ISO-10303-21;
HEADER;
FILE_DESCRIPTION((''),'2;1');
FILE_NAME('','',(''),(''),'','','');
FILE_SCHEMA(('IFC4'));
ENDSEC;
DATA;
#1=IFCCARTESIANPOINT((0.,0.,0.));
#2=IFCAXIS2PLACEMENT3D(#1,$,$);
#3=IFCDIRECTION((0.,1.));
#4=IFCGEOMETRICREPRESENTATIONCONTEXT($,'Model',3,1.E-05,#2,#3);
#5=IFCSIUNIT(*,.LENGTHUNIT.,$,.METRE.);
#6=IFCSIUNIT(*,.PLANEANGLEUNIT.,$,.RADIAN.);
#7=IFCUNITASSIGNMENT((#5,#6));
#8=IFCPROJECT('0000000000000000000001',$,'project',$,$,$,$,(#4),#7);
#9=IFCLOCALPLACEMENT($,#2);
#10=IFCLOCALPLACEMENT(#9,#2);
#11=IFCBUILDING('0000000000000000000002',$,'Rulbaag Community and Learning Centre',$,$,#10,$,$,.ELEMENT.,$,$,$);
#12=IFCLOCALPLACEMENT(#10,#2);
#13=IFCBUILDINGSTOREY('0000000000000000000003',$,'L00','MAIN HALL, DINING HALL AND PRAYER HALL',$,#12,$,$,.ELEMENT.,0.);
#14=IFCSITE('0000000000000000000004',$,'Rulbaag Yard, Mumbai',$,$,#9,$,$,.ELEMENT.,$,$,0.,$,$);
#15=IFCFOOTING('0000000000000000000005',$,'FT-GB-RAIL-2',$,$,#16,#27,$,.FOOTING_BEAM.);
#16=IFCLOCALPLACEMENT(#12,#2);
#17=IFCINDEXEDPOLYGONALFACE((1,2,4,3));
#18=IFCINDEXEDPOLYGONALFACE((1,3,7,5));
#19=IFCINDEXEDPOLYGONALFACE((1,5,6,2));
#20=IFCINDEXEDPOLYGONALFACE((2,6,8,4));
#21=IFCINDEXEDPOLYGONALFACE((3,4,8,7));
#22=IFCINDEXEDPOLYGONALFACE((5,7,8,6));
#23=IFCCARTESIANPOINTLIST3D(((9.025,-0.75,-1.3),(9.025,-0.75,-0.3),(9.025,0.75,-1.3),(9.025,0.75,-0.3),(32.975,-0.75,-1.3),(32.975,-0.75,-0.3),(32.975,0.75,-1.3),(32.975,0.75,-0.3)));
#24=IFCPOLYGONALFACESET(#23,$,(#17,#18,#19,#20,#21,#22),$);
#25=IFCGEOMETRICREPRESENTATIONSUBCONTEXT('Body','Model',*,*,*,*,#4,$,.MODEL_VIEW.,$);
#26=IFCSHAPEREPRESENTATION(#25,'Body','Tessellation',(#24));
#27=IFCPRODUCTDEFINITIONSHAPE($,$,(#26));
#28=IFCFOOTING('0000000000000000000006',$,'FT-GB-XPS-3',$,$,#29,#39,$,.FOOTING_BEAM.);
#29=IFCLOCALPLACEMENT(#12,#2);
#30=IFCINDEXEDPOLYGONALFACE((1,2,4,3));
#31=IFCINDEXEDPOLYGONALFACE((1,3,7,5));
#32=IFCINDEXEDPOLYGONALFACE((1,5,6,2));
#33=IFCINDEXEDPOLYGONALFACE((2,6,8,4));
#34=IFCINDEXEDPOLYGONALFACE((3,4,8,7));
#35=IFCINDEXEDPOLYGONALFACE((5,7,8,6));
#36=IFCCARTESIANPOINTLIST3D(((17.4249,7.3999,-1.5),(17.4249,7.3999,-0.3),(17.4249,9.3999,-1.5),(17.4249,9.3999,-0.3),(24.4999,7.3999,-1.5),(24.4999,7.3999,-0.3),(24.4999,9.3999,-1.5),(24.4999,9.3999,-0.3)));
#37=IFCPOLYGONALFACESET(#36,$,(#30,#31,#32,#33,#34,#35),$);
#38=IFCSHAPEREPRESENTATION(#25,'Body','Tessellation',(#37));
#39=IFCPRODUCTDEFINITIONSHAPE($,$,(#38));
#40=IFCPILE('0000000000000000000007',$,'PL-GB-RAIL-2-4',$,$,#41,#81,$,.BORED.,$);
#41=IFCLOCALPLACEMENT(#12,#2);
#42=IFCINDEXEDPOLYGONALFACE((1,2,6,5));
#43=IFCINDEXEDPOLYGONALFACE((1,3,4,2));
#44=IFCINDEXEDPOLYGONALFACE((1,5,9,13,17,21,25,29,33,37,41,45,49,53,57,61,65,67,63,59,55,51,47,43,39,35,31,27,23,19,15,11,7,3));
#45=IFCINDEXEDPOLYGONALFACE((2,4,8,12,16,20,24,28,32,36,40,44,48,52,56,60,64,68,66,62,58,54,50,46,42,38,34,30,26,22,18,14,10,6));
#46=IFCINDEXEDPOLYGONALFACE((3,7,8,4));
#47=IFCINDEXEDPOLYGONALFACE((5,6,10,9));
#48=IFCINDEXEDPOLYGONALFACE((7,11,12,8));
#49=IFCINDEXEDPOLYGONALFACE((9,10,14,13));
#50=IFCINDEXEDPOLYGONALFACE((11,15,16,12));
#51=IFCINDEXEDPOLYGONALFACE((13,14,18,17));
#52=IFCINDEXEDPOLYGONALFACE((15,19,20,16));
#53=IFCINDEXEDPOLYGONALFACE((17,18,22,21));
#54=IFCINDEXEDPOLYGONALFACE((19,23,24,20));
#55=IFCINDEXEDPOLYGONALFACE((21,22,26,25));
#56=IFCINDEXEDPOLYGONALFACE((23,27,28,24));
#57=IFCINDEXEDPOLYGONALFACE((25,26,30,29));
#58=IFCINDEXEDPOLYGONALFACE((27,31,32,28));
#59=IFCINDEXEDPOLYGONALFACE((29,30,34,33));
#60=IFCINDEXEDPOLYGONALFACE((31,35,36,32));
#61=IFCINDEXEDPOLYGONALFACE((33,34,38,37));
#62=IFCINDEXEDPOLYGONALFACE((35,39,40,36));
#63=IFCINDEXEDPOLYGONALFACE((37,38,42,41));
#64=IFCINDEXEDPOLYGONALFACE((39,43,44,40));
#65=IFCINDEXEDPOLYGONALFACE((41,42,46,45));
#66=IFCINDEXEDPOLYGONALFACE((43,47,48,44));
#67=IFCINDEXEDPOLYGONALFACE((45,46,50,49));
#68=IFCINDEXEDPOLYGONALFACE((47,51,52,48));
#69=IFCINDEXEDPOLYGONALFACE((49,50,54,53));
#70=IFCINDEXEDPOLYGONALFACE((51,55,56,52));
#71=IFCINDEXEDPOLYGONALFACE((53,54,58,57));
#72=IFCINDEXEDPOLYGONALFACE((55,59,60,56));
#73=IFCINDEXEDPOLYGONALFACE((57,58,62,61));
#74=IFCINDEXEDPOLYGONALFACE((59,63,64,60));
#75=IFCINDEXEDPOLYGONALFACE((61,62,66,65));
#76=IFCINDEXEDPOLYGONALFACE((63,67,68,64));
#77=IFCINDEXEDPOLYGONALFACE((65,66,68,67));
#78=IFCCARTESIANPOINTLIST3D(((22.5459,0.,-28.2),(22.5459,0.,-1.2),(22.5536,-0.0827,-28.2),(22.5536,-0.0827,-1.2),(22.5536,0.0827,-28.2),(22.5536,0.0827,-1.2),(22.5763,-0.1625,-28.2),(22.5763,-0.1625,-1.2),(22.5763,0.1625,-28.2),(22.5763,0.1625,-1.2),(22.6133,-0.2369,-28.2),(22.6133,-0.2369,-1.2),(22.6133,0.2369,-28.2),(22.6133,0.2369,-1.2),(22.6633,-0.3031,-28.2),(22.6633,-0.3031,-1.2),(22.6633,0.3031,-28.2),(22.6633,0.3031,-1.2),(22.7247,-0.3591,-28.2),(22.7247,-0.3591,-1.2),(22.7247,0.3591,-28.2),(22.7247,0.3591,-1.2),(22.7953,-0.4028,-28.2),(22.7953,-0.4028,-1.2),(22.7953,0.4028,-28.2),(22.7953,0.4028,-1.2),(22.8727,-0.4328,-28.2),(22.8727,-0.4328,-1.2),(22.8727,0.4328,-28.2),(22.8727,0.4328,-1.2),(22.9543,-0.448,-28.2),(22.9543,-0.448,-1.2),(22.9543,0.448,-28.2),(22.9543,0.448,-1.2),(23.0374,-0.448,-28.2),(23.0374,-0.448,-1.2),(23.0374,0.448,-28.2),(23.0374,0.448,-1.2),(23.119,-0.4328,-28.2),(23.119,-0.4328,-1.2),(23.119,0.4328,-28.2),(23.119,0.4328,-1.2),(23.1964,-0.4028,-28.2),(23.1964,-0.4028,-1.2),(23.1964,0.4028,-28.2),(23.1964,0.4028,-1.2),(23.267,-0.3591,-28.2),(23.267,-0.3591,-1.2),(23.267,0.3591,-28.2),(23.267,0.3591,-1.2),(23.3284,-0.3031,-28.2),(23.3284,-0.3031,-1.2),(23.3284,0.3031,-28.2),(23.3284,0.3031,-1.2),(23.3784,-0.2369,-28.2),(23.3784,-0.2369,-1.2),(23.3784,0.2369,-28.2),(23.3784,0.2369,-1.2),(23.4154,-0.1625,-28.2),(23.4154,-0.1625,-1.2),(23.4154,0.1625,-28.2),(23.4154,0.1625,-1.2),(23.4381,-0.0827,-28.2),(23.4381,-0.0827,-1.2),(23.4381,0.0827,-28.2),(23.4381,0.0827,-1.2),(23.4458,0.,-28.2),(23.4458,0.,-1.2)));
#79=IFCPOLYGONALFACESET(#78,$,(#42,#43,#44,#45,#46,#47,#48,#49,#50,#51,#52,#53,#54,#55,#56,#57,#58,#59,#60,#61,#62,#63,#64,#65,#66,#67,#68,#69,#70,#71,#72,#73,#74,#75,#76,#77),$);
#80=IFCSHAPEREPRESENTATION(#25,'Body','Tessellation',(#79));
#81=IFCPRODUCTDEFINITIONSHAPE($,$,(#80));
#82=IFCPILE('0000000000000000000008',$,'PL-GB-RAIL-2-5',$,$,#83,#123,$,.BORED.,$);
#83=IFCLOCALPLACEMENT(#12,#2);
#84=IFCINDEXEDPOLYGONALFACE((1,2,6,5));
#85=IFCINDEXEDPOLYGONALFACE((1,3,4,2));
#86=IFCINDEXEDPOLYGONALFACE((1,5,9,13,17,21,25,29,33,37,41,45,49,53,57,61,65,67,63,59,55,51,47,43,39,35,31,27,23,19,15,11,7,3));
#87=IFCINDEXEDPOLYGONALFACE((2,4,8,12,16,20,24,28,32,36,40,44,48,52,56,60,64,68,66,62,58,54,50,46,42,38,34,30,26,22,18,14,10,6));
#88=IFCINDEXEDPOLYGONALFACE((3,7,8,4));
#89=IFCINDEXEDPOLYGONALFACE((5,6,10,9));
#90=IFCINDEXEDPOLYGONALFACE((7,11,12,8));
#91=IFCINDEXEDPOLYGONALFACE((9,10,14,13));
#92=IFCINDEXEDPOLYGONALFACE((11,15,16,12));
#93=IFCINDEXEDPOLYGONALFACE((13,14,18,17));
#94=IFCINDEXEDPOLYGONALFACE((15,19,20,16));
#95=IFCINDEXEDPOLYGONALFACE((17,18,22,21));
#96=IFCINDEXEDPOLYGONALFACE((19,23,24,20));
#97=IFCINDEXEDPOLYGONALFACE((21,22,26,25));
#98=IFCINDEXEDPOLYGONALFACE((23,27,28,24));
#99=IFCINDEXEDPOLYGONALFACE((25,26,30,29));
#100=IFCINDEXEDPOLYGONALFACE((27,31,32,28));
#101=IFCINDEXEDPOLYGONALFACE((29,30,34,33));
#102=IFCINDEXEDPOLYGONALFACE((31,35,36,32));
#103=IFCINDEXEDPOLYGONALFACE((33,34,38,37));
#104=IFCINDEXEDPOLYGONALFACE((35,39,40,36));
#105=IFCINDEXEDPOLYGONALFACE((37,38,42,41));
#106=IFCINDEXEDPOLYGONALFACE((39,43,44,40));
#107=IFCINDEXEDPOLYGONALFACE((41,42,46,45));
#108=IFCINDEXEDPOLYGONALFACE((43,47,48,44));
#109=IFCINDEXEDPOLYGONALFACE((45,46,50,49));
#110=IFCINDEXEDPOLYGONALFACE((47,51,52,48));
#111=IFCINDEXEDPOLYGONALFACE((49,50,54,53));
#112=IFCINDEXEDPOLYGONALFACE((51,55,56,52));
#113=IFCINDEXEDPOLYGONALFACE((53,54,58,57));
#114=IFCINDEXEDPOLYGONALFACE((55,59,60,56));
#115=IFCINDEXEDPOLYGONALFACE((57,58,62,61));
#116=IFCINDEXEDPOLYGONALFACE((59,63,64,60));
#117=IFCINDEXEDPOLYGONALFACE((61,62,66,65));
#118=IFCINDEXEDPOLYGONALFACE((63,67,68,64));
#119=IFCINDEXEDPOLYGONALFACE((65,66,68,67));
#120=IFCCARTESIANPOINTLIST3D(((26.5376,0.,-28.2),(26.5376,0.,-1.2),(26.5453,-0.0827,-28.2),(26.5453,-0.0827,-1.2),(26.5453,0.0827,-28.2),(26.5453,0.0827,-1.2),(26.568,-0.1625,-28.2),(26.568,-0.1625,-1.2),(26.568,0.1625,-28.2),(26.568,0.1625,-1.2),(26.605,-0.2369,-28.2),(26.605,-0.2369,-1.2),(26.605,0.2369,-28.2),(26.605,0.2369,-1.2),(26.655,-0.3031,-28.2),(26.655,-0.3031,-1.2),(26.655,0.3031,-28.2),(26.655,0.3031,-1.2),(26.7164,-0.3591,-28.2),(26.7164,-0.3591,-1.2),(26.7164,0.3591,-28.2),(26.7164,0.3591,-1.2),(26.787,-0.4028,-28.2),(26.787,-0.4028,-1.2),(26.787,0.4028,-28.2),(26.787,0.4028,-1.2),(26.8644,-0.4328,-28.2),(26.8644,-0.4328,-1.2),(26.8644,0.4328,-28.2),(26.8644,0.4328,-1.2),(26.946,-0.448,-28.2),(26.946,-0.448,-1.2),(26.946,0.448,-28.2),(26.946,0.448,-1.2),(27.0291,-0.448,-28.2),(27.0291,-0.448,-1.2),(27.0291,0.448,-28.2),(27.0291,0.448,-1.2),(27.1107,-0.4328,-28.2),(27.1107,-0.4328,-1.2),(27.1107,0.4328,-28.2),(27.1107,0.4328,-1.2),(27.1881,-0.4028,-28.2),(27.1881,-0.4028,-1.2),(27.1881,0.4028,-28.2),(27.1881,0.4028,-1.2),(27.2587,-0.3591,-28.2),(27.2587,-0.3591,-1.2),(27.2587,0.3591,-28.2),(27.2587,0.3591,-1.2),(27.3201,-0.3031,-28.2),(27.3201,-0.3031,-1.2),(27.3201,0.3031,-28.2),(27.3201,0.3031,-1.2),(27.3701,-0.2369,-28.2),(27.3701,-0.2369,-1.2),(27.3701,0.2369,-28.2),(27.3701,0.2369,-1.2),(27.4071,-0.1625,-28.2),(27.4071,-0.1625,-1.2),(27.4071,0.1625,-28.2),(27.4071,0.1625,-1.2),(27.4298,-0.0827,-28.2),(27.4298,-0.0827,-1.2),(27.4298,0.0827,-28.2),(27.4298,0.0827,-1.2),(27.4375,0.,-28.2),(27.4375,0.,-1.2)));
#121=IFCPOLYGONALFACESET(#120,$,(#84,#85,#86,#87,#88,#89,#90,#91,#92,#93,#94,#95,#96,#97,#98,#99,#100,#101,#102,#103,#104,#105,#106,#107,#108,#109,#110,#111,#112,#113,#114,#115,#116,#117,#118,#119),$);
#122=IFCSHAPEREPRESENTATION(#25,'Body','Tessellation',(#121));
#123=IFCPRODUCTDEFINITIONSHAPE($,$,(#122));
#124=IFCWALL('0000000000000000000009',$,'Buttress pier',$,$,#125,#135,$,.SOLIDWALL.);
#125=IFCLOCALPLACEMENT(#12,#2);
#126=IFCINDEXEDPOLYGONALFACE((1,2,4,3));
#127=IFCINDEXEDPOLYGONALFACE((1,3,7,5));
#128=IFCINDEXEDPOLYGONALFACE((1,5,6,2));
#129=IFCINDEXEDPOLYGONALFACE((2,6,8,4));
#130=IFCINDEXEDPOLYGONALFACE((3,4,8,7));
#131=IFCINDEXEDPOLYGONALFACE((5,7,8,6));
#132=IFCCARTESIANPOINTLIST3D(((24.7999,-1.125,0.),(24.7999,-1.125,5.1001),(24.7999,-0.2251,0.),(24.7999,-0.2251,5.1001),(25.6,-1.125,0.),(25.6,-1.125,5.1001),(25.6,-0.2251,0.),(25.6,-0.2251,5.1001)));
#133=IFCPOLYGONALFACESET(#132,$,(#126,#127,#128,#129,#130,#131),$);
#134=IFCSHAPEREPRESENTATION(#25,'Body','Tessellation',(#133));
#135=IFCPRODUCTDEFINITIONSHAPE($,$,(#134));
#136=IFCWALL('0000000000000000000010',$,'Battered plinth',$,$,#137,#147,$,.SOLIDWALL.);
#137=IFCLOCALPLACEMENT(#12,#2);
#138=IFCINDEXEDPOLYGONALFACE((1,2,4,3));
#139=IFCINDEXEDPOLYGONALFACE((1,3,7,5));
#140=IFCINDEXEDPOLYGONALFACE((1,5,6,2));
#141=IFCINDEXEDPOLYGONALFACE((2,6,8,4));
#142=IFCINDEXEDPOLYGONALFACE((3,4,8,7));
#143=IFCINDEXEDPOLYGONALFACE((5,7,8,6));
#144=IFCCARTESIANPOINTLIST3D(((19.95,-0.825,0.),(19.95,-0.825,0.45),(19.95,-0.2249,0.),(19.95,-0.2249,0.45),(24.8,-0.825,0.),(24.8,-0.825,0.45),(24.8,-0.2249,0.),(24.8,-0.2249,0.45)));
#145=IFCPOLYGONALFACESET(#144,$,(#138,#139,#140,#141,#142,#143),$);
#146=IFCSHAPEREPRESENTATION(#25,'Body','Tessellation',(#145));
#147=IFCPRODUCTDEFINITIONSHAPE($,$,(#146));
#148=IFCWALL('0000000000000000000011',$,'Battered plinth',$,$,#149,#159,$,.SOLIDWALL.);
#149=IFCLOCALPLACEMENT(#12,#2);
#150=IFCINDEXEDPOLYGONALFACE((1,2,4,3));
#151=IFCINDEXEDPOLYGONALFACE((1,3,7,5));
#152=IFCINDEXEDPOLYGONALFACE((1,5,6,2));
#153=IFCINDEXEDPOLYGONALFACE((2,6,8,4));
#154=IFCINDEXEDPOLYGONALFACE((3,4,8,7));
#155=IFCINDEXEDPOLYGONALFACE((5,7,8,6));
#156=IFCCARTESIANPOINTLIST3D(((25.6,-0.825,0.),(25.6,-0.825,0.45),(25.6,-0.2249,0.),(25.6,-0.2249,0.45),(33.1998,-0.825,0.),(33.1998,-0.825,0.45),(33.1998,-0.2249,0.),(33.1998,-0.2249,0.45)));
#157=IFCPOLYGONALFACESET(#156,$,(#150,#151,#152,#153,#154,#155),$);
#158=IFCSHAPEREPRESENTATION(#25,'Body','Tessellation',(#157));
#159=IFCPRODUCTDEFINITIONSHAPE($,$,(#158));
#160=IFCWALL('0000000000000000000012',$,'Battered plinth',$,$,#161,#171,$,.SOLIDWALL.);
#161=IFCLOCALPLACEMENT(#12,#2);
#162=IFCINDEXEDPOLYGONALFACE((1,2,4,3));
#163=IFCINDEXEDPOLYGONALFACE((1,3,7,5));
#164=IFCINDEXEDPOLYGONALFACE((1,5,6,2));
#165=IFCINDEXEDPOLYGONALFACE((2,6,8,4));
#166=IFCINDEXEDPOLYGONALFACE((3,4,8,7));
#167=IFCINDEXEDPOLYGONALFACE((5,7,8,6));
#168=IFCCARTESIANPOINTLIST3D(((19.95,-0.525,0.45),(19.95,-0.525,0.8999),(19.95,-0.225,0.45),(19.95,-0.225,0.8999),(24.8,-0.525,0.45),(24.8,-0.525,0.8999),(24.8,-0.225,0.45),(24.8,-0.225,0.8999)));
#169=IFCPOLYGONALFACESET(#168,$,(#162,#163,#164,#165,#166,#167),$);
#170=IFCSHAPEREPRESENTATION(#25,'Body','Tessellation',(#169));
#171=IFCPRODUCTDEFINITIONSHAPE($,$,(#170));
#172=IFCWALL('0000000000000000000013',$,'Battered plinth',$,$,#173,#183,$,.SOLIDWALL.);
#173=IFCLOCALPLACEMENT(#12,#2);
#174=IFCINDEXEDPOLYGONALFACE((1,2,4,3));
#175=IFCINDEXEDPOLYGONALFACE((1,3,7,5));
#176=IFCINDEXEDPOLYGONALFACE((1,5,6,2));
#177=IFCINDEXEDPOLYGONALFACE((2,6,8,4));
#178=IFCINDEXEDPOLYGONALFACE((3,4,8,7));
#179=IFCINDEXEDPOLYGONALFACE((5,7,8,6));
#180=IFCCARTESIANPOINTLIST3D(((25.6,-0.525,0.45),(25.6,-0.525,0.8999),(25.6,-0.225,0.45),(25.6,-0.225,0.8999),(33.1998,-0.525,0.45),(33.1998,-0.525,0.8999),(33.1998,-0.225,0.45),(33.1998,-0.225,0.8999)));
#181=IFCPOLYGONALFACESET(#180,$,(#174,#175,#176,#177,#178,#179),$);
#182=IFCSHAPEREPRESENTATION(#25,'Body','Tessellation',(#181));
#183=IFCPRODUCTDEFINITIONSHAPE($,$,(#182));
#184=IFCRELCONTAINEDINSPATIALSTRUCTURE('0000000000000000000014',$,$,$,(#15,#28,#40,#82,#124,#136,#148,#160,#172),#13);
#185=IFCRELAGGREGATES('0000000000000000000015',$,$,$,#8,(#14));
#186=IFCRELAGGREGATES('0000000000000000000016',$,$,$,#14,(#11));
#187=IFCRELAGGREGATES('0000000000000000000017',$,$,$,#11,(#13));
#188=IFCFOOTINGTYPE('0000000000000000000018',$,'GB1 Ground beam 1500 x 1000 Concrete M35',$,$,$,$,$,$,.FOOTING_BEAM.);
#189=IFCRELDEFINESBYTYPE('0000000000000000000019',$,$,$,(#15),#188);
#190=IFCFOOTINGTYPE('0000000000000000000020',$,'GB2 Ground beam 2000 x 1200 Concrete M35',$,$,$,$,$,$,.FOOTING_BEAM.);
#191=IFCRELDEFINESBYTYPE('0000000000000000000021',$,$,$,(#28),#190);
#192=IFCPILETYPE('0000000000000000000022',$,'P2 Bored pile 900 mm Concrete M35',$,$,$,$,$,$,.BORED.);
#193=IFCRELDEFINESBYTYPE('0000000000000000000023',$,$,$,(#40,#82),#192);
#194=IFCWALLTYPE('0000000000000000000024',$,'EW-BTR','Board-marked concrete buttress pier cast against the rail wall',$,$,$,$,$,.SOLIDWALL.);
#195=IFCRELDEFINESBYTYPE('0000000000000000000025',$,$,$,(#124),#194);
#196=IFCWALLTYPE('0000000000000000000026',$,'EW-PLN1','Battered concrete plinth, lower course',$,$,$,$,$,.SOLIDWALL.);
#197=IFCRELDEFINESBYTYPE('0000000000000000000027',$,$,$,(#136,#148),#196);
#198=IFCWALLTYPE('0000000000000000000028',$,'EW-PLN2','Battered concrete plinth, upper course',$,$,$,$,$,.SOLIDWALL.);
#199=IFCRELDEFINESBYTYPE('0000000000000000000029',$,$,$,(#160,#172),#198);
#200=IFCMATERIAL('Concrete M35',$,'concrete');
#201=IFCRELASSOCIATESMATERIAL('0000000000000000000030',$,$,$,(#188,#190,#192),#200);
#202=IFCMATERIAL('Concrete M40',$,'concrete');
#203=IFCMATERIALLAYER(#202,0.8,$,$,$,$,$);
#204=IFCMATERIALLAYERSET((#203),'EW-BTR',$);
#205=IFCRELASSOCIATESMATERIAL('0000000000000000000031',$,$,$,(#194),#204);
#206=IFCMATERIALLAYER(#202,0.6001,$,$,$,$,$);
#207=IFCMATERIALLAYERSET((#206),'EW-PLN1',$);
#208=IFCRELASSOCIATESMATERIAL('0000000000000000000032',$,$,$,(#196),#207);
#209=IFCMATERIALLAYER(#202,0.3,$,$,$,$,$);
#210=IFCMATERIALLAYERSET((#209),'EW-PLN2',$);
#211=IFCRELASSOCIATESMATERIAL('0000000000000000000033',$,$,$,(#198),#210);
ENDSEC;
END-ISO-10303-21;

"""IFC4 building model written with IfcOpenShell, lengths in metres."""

from ifc_helpers import new_model, si_unit, direction, frame, frame_2d, origin, origin_2d, place, context, subcontext, project, spatial, rectangle, circle, extrude, material, layer, layer_set, material_profile, profile_set, type_object, element, save


model = new_model("IFC4")

# Units and contexts
model_context = context("Model", 3, precision=1e-05, world=origin(), true_north=direction((0.0, 1.0)))
body_context = subcontext(model_context, "Body", "Model", "MODEL_VIEW")
ifc_project = project(units=[si_unit("LENGTHUNIT", "METRE"), si_unit("PLANEANGLEUNIT", "RADIAN")], contexts=[model_context])

# Site, building, storey
site_placement = place(None, origin())
site = spatial("IfcSite", under=ifc_project, at=site_placement, Name="Rulbaag Yard, Mumbai", CompositionType="ELEMENT", RefElevation=0.0)
building_placement = place(site_placement, origin())
building = spatial("IfcBuilding", under=site, at=building_placement, Name="Rulbaag Community and Learning Centre", CompositionType="ELEMENT")
storey_placement = place(building_placement, origin())
storey = spatial("IfcBuildingStorey", under=building, at=storey_placement, Name="L00", Description="MAIN HALL, DINING HALL AND PRAYER HALL", CompositionType="ELEMENT", Elevation=0.0)

# Footings
ifc_material_1 = material(Name="Concrete M35", Category="concrete")
footing_type_1 = type_object("IfcFootingType", Name="GB1 Ground beam 1500 x 1000 Concrete M35", PredefinedType="FOOTING_BEAM", material=ifc_material_1)
footing_1_placement = place(storey_placement, frame((21.0, 0.0, -1.3), z_axis=(0.0, 0.0, 1.0), x_axis=(1.0, 0.0, 0.0)))
element("IfcFooting", 1, at=footing_1_placement, inside=storey, type_object=footing_type_1, Name="FT-GB-RAIL-2", PredefinedType="FOOTING_BEAM", context=body_context, shape_type="SweptSolid", body=[
    extrude(rectangle(XDim=23.95, YDim=1.5, at=origin_2d()), origin(), (0.0, 0.0, 1.0), 1.0),
])
footing_type_2 = type_object("IfcFootingType", Name="GB2 Ground beam 2000 x 1200 Concrete M35", PredefinedType="FOOTING_BEAM", material=ifc_material_1)
footing_2_placement = place(storey_placement, frame((20.9624, 8.3999, -1.5), z_axis=(0.0, 0.0, 1.0), x_axis=(1.0, 0.0, 0.0)))
element("IfcFooting", 2, at=footing_2_placement, inside=storey, type_object=footing_type_2, Name="FT-GB-XPS-3", PredefinedType="FOOTING_BEAM", context=body_context, shape_type="SweptSolid", body=[
    extrude(rectangle(XDim=7.075, YDim=2.0, at=origin_2d()), origin(), (0.0, 0.0, 1.0), 1.2),
])

# Piles
ifc_material_profile = material_profile(ifc_material_1, circle(Radius=0.45, at=origin_2d()), Name="BP900")
ifc_profile_set = profile_set([ifc_material_profile], Name="Concrete M35")
pile_type = type_object("IfcPileType", Name="P2 Bored pile 900 mm Concrete M35", PredefinedType="BORED", material=ifc_profile_set)
for number, where, z_axis, x_axis, name in (
    (3, (22.9958, 0.0, -1.2), (0.0, 0.0, -1.0), (1.0, 0.0, 0.0), "PL-GB-RAIL-2-4"),
    (4, (26.9875, 0.0, -1.2), (0.0, 0.0, -1.0), (1.0, 0.0, 0.0), "PL-GB-RAIL-2-5"),
):
    element("IfcPile", number, at=place(storey_placement, frame(where, z_axis=z_axis, x_axis=x_axis)), inside=storey, type_object=pile_type, Name=name, PredefinedType="BORED", context=body_context, shape_type="SweptSolid", body=[
        extrude(circle(Radius=0.45, at=origin_2d()), origin(), (0.0, 0.0, 1.0), 27.0),
    ])

# Walls
ifc_material_2 = material(Name="Concrete M40", Category="concrete")
ifc_layer_1 = layer(ifc_material_2, 0.8)
ifc_layer_set_1 = layer_set([ifc_layer_1], Name="EW-BTR")
wall_type_1 = type_object("IfcWallType", Name="EW-BTR", Description="Board-marked concrete buttress pier cast against the rail wall", PredefinedType="SOLIDWALL", material=ifc_layer_set_1)
wall_1_placement = place(storey_placement, frame((25.2, -0.2251, 0.0), z_axis=(0.0, 0.0, 1.0), x_axis=(0.0, -1.0, 0.0)))
element("IfcWall", 5, at=wall_1_placement, inside=storey, type_object=wall_type_1, Name="Buttress pier", PredefinedType="SOLIDWALL", context=body_context, shape_type="SweptSolid", body=[
    extrude(rectangle(XDim=0.8999, YDim=0.8, at=frame_2d((0.45, 0.0))), origin(), (0.0, 0.0, 1.0), 5.1001),
])
ifc_layer_2 = layer(ifc_material_2, 0.6001)
ifc_layer_set_2 = layer_set([ifc_layer_2], Name="EW-PLN1")
wall_type_2 = type_object("IfcWallType", Name="EW-PLN1", Description="Battered concrete plinth, lower course", PredefinedType="SOLIDWALL", material=ifc_layer_set_2)
wall_2_placement = place(storey_placement, frame((19.95, -0.5249, 0.0), z_axis=(0.0, 0.0, 1.0), x_axis=(1.0, 0.0, 0.0)))
element("IfcWall", 6, at=wall_2_placement, inside=storey, type_object=wall_type_2, Name="Battered plinth", PredefinedType="SOLIDWALL", context=body_context, shape_type="SweptSolid", body=[
    extrude(rectangle(XDim=4.8501, YDim=0.6001, at=frame_2d((2.425, 0.0))), origin(), (0.0, 0.0, 1.0), 0.45),
])
wall_3_placement = place(storey_placement, frame((25.6001, -0.5249, 0.0), z_axis=(0.0, 0.0, 1.0), x_axis=(1.0, 0.0, 0.0)))
element("IfcWall", 7, at=wall_3_placement, inside=storey, type_object=wall_type_2, Name="Battered plinth", PredefinedType="SOLIDWALL", context=body_context, shape_type="SweptSolid", body=[
    extrude(rectangle(XDim=7.5999, YDim=0.6001, at=frame_2d((3.7998, 0.0))), origin(), (0.0, 0.0, 1.0), 0.45),
])
ifc_layer_3 = layer(ifc_material_2, 0.3)
ifc_layer_set_3 = layer_set([ifc_layer_3], Name="EW-PLN2")
wall_type_3 = type_object("IfcWallType", Name="EW-PLN2", Description="Battered concrete plinth, upper course", PredefinedType="SOLIDWALL", material=ifc_layer_set_3)
wall_4_placement = place(storey_placement, frame((19.95, -0.375, 0.45), z_axis=(0.0, 0.0, 1.0), x_axis=(1.0, 0.0, 0.0)))
element("IfcWall", 8, at=wall_4_placement, inside=storey, type_object=wall_type_3, Name="Battered plinth", PredefinedType="SOLIDWALL", context=body_context, shape_type="SweptSolid", body=[
    extrude(rectangle(XDim=4.8501, YDim=0.3, at=frame_2d((2.425, 0.0))), origin(), (0.0, 0.0, 1.0), 0.45),
])
wall_5_placement = place(storey_placement, frame((25.6001, -0.375, 0.45), z_axis=(0.0, 0.0, 1.0), x_axis=(1.0, 0.0, 0.0)))
element("IfcWall", 9, at=wall_5_placement, inside=storey, type_object=wall_type_3, Name="Battered plinth", PredefinedType="SOLIDWALL", context=body_context, shape_type="SweptSolid", body=[
    extrude(rectangle(XDim=7.5999, YDim=0.3, at=frame_2d((3.7998, 0.0))), origin(), (0.0, 0.0, 1.0), 0.45),
])

save(model, "model.ifc")
